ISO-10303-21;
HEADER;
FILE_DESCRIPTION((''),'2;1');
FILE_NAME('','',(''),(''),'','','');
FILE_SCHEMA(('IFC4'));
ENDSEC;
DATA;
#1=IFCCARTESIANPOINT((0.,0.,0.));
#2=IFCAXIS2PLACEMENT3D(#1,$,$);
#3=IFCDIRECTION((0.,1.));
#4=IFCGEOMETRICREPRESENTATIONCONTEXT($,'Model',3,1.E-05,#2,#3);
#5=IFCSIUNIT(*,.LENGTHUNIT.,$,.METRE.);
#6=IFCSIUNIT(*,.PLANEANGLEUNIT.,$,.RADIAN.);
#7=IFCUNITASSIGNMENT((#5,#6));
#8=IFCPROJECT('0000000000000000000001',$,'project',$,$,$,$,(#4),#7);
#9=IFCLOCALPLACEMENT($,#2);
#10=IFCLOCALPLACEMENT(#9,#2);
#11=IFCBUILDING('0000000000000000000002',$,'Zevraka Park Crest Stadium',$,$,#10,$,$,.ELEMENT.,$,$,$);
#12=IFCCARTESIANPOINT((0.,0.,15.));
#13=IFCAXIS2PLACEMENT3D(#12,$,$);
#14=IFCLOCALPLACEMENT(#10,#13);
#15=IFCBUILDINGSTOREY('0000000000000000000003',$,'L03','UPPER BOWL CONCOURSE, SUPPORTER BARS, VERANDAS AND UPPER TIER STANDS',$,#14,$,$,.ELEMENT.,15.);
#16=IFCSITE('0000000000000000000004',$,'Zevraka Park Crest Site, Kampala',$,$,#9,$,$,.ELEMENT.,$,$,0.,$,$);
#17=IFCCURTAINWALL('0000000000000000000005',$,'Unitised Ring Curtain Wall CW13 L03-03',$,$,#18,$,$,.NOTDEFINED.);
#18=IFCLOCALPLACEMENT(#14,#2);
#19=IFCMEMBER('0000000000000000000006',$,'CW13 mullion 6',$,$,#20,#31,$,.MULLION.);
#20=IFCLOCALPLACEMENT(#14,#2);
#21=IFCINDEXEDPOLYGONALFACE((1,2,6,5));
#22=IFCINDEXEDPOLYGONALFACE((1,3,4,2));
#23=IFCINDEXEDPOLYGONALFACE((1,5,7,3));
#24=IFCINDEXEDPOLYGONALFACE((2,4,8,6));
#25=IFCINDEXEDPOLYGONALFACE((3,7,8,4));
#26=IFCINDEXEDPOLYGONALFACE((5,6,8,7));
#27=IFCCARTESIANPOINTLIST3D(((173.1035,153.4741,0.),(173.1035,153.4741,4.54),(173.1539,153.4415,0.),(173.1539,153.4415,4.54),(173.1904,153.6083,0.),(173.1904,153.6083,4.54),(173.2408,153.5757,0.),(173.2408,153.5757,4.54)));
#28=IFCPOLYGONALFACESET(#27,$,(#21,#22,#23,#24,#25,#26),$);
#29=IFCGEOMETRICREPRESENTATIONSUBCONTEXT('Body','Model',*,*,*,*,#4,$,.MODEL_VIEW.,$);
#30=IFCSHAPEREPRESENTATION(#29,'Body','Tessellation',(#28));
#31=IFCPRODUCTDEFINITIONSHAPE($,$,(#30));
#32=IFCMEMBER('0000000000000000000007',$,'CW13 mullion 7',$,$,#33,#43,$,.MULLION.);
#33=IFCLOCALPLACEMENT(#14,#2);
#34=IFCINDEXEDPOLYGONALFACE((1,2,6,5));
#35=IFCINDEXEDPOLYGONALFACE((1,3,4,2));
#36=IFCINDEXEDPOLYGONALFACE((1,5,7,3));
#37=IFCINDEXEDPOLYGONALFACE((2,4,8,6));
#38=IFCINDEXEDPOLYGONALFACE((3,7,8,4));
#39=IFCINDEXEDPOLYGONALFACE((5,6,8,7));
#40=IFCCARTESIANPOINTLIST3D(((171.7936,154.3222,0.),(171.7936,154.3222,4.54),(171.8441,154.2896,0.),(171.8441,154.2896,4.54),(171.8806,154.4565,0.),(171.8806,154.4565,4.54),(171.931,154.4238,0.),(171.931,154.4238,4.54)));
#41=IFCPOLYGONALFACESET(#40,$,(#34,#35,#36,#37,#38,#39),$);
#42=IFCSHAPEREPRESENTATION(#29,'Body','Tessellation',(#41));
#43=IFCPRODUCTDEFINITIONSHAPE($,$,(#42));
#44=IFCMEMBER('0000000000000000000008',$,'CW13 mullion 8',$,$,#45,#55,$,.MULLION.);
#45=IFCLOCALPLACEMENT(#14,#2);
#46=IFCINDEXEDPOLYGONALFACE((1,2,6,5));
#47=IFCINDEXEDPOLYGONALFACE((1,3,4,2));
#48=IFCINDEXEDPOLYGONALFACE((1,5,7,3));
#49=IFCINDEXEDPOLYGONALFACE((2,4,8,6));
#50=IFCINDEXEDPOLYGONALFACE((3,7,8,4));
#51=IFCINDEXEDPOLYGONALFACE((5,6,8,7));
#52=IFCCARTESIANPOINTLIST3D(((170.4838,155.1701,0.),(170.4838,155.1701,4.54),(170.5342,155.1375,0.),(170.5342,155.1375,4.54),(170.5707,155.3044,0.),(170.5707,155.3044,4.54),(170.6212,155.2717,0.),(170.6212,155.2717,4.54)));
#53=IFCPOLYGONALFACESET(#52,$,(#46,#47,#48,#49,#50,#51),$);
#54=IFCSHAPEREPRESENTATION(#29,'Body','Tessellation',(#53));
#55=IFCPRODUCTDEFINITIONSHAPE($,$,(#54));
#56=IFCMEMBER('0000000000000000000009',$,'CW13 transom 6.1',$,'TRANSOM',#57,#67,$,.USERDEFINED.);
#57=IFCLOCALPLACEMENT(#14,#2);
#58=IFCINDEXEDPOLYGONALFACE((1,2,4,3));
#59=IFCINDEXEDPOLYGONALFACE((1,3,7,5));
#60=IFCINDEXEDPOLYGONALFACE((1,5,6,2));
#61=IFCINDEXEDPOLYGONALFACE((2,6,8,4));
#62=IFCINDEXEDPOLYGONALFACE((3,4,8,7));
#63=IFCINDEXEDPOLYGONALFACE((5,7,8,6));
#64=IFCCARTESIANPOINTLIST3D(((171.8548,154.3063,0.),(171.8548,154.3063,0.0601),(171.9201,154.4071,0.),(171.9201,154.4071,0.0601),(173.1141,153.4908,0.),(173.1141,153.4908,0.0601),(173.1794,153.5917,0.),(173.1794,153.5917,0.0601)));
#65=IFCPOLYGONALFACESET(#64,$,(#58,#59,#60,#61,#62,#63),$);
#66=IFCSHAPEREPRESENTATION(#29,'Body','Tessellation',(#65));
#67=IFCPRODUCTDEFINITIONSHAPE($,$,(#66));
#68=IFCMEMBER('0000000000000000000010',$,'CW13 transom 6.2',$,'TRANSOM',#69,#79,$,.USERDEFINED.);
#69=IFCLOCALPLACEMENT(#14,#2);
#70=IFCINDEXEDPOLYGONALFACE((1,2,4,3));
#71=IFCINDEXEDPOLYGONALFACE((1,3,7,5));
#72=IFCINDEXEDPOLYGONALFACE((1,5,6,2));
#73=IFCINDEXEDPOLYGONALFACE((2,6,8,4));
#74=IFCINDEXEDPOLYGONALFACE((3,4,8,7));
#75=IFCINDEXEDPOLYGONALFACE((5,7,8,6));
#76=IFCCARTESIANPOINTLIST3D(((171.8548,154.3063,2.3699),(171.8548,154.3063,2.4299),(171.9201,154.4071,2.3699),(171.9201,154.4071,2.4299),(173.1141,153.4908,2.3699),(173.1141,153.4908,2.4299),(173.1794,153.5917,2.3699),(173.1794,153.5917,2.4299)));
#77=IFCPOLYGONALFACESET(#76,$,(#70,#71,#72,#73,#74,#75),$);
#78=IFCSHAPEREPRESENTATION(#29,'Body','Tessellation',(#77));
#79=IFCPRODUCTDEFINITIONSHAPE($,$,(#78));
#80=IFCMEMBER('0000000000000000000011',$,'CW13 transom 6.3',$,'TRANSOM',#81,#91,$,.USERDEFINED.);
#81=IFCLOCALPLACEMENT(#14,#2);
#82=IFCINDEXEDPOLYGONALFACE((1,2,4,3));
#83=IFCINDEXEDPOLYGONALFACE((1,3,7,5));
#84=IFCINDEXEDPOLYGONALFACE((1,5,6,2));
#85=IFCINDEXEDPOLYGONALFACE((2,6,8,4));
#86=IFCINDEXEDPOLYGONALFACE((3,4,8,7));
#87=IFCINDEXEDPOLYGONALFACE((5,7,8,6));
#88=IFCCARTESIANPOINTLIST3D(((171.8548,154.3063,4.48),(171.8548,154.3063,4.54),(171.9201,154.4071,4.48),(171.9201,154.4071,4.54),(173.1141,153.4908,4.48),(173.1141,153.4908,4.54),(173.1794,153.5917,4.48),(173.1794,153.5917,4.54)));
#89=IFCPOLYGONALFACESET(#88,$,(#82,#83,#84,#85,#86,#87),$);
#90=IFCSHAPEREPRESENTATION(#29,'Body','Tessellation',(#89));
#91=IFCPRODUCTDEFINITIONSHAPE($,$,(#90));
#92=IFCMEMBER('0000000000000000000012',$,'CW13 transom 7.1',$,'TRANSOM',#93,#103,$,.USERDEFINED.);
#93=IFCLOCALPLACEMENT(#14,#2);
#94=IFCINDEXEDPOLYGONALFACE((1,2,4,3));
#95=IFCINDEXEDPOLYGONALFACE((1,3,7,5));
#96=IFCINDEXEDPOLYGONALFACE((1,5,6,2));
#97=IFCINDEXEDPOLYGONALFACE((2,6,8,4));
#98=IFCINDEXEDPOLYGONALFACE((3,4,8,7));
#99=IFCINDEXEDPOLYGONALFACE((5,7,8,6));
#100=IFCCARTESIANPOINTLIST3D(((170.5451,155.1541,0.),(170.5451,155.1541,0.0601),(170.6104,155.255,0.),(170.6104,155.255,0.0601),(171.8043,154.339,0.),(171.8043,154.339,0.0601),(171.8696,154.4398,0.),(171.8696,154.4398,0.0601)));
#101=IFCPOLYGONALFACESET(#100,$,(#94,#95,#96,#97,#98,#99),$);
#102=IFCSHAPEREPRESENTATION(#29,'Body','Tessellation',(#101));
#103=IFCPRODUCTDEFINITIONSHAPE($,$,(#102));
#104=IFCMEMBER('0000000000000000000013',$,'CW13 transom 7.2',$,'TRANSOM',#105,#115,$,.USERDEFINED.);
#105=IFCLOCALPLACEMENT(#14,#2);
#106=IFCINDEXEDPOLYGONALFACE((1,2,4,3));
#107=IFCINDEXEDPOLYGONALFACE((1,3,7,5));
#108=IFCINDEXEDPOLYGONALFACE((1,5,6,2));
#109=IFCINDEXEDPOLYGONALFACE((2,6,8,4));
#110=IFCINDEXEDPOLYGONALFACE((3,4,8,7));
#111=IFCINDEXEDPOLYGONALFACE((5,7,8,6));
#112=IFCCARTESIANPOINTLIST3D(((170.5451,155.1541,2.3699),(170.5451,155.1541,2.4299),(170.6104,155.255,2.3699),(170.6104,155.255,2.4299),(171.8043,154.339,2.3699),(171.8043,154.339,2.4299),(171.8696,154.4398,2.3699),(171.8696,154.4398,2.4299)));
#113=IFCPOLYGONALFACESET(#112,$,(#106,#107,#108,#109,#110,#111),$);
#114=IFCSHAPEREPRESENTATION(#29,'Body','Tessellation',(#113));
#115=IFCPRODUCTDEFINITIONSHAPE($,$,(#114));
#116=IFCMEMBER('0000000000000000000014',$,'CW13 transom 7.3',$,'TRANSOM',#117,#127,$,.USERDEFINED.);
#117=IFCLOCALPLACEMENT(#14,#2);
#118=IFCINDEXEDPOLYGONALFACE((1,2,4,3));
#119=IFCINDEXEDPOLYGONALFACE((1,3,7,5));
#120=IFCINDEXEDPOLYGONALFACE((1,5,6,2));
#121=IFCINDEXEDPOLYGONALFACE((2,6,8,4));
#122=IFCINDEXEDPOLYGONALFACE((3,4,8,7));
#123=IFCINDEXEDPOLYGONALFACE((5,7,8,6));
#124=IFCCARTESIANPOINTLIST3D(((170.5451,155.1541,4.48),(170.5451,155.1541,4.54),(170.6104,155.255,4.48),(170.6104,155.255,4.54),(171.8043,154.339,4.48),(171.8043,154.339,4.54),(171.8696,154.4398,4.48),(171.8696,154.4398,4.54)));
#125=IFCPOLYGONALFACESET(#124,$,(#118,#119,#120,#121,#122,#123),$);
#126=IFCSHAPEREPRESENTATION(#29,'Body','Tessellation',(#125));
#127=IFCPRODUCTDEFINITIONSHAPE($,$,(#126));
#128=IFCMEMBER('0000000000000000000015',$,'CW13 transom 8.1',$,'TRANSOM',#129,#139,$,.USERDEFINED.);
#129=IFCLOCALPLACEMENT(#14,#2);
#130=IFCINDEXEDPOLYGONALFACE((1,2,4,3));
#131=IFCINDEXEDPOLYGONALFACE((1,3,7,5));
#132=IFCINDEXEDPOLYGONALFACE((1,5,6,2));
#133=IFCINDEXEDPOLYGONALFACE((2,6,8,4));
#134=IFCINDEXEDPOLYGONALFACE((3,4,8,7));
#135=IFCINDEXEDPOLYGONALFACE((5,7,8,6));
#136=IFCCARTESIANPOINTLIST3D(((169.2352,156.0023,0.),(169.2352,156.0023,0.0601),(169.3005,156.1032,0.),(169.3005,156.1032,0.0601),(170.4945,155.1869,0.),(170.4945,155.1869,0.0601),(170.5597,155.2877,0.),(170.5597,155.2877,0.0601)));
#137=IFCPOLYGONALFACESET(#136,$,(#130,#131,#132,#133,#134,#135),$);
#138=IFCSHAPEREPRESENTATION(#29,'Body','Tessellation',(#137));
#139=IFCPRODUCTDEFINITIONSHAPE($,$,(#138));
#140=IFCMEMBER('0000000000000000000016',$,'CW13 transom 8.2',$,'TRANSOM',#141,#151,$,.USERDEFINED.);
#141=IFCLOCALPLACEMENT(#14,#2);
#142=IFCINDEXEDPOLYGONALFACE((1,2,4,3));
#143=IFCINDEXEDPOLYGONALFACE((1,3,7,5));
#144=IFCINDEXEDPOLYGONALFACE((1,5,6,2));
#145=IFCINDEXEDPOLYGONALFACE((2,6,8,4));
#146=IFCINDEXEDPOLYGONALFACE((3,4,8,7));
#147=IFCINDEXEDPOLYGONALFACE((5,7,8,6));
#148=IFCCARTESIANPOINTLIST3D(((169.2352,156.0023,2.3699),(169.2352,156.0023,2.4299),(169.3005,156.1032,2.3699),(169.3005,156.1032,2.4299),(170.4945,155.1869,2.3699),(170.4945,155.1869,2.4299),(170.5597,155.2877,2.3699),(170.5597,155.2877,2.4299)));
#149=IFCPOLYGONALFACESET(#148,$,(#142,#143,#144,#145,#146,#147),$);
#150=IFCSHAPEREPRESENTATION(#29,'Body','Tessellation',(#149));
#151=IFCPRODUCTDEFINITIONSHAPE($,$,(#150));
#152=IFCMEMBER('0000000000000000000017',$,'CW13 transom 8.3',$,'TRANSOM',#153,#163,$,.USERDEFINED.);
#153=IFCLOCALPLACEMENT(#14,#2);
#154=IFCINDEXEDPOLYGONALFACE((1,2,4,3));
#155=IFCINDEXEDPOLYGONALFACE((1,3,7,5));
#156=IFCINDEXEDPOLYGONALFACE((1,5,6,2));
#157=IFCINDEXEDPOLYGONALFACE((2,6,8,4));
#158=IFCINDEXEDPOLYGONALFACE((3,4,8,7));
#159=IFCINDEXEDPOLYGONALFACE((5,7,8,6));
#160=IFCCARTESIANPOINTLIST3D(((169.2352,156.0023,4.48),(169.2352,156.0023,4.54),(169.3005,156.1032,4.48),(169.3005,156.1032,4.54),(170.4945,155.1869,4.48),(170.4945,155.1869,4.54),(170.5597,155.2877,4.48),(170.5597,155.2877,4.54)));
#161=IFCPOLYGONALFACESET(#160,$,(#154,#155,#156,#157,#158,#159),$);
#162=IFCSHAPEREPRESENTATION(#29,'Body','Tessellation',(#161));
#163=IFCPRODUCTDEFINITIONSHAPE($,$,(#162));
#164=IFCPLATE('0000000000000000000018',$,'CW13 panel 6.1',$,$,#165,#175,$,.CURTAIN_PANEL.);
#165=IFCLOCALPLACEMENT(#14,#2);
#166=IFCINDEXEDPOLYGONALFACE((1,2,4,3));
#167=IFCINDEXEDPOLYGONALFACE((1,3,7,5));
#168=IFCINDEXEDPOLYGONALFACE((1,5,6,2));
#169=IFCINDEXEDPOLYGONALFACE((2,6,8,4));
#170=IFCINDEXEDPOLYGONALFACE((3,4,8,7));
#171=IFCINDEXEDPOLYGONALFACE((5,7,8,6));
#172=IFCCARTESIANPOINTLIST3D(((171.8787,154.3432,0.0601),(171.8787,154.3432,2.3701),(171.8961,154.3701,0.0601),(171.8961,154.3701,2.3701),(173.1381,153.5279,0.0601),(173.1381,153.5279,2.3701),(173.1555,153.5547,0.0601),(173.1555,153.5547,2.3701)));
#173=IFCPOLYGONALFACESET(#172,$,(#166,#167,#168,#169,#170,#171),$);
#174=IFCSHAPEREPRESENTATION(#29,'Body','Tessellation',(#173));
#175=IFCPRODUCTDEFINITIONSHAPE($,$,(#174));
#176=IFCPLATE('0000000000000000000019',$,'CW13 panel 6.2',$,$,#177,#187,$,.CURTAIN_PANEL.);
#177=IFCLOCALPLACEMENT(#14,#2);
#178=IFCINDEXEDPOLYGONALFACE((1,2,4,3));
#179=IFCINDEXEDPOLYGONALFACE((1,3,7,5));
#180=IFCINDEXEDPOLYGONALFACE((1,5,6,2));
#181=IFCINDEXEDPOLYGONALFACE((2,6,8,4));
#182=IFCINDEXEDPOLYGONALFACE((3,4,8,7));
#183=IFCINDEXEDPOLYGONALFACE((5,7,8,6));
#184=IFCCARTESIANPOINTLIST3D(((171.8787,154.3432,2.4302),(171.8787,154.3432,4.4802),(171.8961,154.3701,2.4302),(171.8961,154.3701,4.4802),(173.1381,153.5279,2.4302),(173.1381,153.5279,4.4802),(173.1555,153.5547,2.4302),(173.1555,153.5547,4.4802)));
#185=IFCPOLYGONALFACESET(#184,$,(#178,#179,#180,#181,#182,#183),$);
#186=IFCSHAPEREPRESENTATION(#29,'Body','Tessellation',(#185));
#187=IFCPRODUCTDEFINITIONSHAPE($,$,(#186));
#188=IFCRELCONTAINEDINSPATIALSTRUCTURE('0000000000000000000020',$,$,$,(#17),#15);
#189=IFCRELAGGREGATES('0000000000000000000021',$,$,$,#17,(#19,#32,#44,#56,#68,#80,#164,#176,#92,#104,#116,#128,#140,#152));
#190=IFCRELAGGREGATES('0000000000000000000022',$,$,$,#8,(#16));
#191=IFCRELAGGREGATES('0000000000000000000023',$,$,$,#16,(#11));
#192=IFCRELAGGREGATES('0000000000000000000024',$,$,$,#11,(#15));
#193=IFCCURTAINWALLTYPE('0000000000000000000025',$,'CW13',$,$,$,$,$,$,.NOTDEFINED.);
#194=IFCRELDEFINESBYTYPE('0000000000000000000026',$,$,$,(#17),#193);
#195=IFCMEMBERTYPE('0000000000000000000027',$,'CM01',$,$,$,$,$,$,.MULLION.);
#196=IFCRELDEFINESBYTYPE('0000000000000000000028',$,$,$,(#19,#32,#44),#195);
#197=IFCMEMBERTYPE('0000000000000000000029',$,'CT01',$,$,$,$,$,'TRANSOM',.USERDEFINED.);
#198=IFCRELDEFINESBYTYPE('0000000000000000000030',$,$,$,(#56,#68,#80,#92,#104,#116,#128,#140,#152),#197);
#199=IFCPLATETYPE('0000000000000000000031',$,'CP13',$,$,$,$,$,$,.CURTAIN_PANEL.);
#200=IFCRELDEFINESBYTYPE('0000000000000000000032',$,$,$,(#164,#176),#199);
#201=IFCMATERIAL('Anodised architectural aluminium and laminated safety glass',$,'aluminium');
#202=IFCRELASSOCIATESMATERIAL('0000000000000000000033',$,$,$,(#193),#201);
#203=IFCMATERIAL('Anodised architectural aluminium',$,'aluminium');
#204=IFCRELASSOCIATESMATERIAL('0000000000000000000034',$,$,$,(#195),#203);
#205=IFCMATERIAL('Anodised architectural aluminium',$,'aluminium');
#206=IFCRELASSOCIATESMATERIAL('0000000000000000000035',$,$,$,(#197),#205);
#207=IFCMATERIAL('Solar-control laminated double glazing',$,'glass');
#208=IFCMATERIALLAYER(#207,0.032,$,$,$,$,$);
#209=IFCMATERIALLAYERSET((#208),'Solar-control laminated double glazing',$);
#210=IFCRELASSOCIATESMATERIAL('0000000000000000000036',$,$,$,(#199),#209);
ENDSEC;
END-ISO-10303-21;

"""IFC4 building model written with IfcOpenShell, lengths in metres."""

from ifc_helpers import new_model, si_unit, direction, frame, origin, origin_2d, place, context, subcontext, project, spatial, rectangle, extrude, material, layer, layer_set, material_profile, profile_set, type_object, element, aggregate, save


model = new_model("IFC4")

# Units and contexts
model_context = context("Model", 3, precision=1e-05, world=origin(), true_north=direction((0.0, 1.0)))
body_context = subcontext(model_context, "Body", "Model", "MODEL_VIEW")
ifc_project = project(units=[si_unit("LENGTHUNIT", "METRE"), si_unit("PLANEANGLEUNIT", "RADIAN")], contexts=[model_context])

# Site, building, storey
site_placement = place(None, origin())
site = spatial("IfcSite", under=ifc_project, at=site_placement, Name="Zevraka Park Crest Site, Kampala", CompositionType="ELEMENT", RefElevation=0.0)
building_placement = place(site_placement, origin())
building = spatial("IfcBuilding", under=site, at=building_placement, Name="Zevraka Park Crest Stadium", CompositionType="ELEMENT")
storey_placement = place(building_placement, frame((0.0, 0.0, 15.0)))
storey = spatial("IfcBuildingStorey", under=building, at=storey_placement, Name="L03", Description="UPPER BOWL CONCOURSE, SUPPORTER BARS, VERANDAS AND UPPER TIER STANDS", CompositionType="ELEMENT", Elevation=15.0)

# Curtain wall, members, plates
ifc_material_1 = material(Name="Anodised architectural aluminium and laminated safety glass", Category="aluminium")
curtain_wall_type = type_object("IfcCurtainWallType", Name="CW13", PredefinedType="NOTDEFINED", material=ifc_material_1)
curtain_wall_placement = place(storey_placement, origin())
curtain_wall = element("IfcCurtainWall", 1, at=curtain_wall_placement, inside=storey, type_object=curtain_wall_type, Name="Unitised Ring Curtain Wall CW13 L03-03", PredefinedType="NOTDEFINED")
ifc_material_2 = material(Name="Anodised architectural aluminium", Category="aluminium")
ifc_material_profile_1 = material_profile(ifc_material_2, rectangle(XDim=0.1599, YDim=0.0601, at=origin_2d()), Name="ALU MULLION 160x60")
ifc_profile_set_1 = profile_set([ifc_material_profile_1], Name="Anodised architectural aluminium")
member_type_1 = type_object("IfcMemberType", Name="CM01", PredefinedType="MULLION", material=ifc_profile_set_1)
member_1_placement = place(storey_placement, frame((173.1721, 153.5249, 0.0), z_axis=(0.0, 0.0, 1.0), x_axis=(-0.543469, -0.839429, 0.0)))
member_1 = element("IfcMember", 2, at=member_1_placement, type_object=member_type_1, Name="CW13 mullion 6", PredefinedType="MULLION", context=body_context, shape_type="SweptSolid", body=[
    extrude(rectangle(XDim=0.1599, YDim=0.0601, at=origin_2d()), origin(), (0.0, 0.0, 1.0), 4.54),
])
member_2_placement = place(storey_placement, frame((171.8623, 154.373, 0.0), z_axis=(0.0, 0.0, 1.0), x_axis=(-0.543469, -0.839429, 0.0)))
member_2 = element("IfcMember", 3, at=member_2_placement, type_object=member_type_1, Name="CW13 mullion 7", PredefinedType="MULLION", context=body_context, shape_type="SweptSolid", body=[
    extrude(rectangle(XDim=0.1599, YDim=0.0601, at=origin_2d()), origin(), (0.0, 0.0, 1.0), 4.54),
])
member_3_placement = place(storey_placement, frame((170.5525, 155.2209, 0.0), z_axis=(0.0, 0.0, 1.0), x_axis=(-0.543469, -0.839429, 0.0)))
member_3 = element("IfcMember", 4, at=member_3_placement, type_object=member_type_1, Name="CW13 mullion 8", PredefinedType="MULLION", context=body_context, shape_type="SweptSolid", body=[
    extrude(rectangle(XDim=0.1599, YDim=0.0601, at=origin_2d()), origin(), (0.0, 0.0, 1.0), 4.54),
])
ifc_material_3 = material(Name="Anodised architectural aluminium", Category="aluminium")
ifc_material_profile_2 = material_profile(ifc_material_3, rectangle(XDim=0.1201, YDim=0.0601, at=origin_2d()), Name="ALU TRANSOM 120x60")
ifc_profile_set_2 = profile_set([ifc_material_profile_2], Name="Anodised architectural aluminium")
member_type_2 = type_object("IfcMemberType", Name="CT01", ElementType="TRANSOM", PredefinedType="USERDEFINED", material=ifc_profile_set_2)
member_4_placement = place(storey_placement, frame((173.1467, 153.5413, 0.03), z_axis=(-0.839387, 0.543535, 0.0), x_axis=(-0.543535, -0.839387, 0.0)))
member_4 = element("IfcMember", 5, at=member_4_placement, type_object=member_type_2, Name="CW13 transom 6.1", ObjectType="TRANSOM", PredefinedType="USERDEFINED", context=body_context, shape_type="SweptSolid", body=[
    extrude(rectangle(XDim=0.1201, YDim=0.0601, at=origin_2d()), origin(), (0.0, 0.0, 1.0), 1.5002),
])
member_5_placement = place(storey_placement, frame((173.1467, 153.5413, 2.3999), z_axis=(-0.839387, 0.543535, 0.0), x_axis=(-0.543535, -0.839387, 0.0)))
member_5 = element("IfcMember", 6, at=member_5_placement, type_object=member_type_2, Name="CW13 transom 6.2", ObjectType="TRANSOM", PredefinedType="USERDEFINED", context=body_context, shape_type="SweptSolid", body=[
    extrude(rectangle(XDim=0.1201, YDim=0.0601, at=origin_2d()), origin(), (0.0, 0.0, 1.0), 1.5002),
])
member_6_placement = place(storey_placement, frame((173.1467, 153.5413, 4.51), z_axis=(-0.839387, 0.543535, 0.0), x_axis=(-0.543535, -0.839387, 0.0)))
member_6 = element("IfcMember", 7, at=member_6_placement, type_object=member_type_2, Name="CW13 transom 6.3", ObjectType="TRANSOM", PredefinedType="USERDEFINED", context=body_context, shape_type="SweptSolid", body=[
    extrude(rectangle(XDim=0.1201, YDim=0.0601, at=origin_2d()), origin(), (0.0, 0.0, 1.0), 1.5002),
])
member_7_placement = place(storey_placement, frame((171.8369, 154.3894, 0.03), z_axis=(-0.839461, 0.54342, 0.0), x_axis=(-0.54342, -0.839461, 0.0)))
member_7 = element("IfcMember", 8, at=member_7_placement, type_object=member_type_2, Name="CW13 transom 7.1", ObjectType="TRANSOM", PredefinedType="USERDEFINED", context=body_context, shape_type="SweptSolid", body=[
    extrude(rectangle(XDim=0.1201, YDim=0.0601, at=origin_2d()), origin(), (0.0, 0.0, 1.0), 1.5),
])
member_8_placement = place(storey_placement, frame((171.8369, 154.3894, 2.3999), z_axis=(-0.839461, 0.54342, 0.0), x_axis=(-0.54342, -0.839461, 0.0)))
member_8 = element("IfcMember", 9, at=member_8_placement, type_object=member_type_2, Name="CW13 transom 7.2", ObjectType="TRANSOM", PredefinedType="USERDEFINED", context=body_context, shape_type="SweptSolid", body=[
    extrude(rectangle(XDim=0.1201, YDim=0.0601, at=origin_2d()), origin(), (0.0, 0.0, 1.0), 1.5),
])
member_9_placement = place(storey_placement, frame((171.8369, 154.3894, 4.51), z_axis=(-0.839461, 0.54342, 0.0), x_axis=(-0.54342, -0.839461, 0.0)))
member_9 = element("IfcMember", 10, at=member_9_placement, type_object=member_type_2, Name="CW13 transom 7.3", ObjectType="TRANSOM", PredefinedType="USERDEFINED", context=body_context, shape_type="SweptSolid", body=[
    extrude(rectangle(XDim=0.1201, YDim=0.0601, at=origin_2d()), origin(), (0.0, 0.0, 1.0), 1.5),
])
member_10_placement = place(storey_placement, frame((170.5271, 155.2373, 0.03), z_axis=(-0.839387, 0.543535, 0.0), x_axis=(-0.543535, -0.839387, 0.0)))
member_10 = element("IfcMember", 11, at=member_10_placement, type_object=member_type_2, Name="CW13 transom 8.1", ObjectType="TRANSOM", PredefinedType="USERDEFINED", context=body_context, shape_type="SweptSolid", body=[
    extrude(rectangle(XDim=0.1201, YDim=0.0601, at=origin_2d()), origin(), (0.0, 0.0, 1.0), 1.5002),
])
member_11_placement = place(storey_placement, frame((170.5271, 155.2373, 2.3999), z_axis=(-0.839387, 0.543535, 0.0), x_axis=(-0.543535, -0.839387, 0.0)))
member_11 = element("IfcMember", 12, at=member_11_placement, type_object=member_type_2, Name="CW13 transom 8.2", ObjectType="TRANSOM", PredefinedType="USERDEFINED", context=body_context, shape_type="SweptSolid", body=[
    extrude(rectangle(XDim=0.1201, YDim=0.0601, at=origin_2d()), origin(), (0.0, 0.0, 1.0), 1.5002),
])
member_12_placement = place(storey_placement, frame((170.5271, 155.2373, 4.51), z_axis=(-0.839387, 0.543535, 0.0), x_axis=(-0.543535, -0.839387, 0.0)))
member_12 = element("IfcMember", 13, at=member_12_placement, type_object=member_type_2, Name="CW13 transom 8.3", ObjectType="TRANSOM", PredefinedType="USERDEFINED", context=body_context, shape_type="SweptSolid", body=[
    extrude(rectangle(XDim=0.1201, YDim=0.0601, at=origin_2d()), origin(), (0.0, 0.0, 1.0), 1.5002),
])
ifc_material_4 = material(Name="Solar-control laminated double glazing", Category="glass")
ifc_layer_1 = layer(ifc_material_4, 0.032)
ifc_layer_set_1 = layer_set([ifc_layer_1], Name="Solar-control laminated double glazing")
plate_type = type_object("IfcPlateType", Name="CP13", PredefinedType="CURTAIN_PANEL", material=ifc_layer_set_1)
plate_1_placement = place(storey_placement, frame((172.5171, 153.949, 0.0601), z_axis=(0.0, 0.0, 1.0), x_axis=(-0.839429, 0.543469, 0.0)))
plate_1 = element("IfcPlate", 14, at=plate_1_placement, type_object=plate_type, Name="CW13 panel 6.1", PredefinedType="CURTAIN_PANEL", context=body_context, shape_type="SweptSolid", body=[
    extrude(rectangle(XDim=1.5002, YDim=0.032, at=origin_2d()), origin(), (0.0, 0.0, 1.0), 2.3101),
])
plate_2_placement = place(storey_placement, frame((172.5171, 153.949, 2.4302), z_axis=(0.0, 0.0, 1.0), x_axis=(-0.839429, 0.543469, 0.0)))
plate_2 = element("IfcPlate", 15, at=plate_2_placement, type_object=plate_type, Name="CW13 panel 6.2", PredefinedType="CURTAIN_PANEL", context=body_context, shape_type="SweptSolid", body=[
    extrude(rectangle(XDim=1.5002, YDim=0.032, at=origin_2d()), origin(), (0.0, 0.0, 1.0), 2.05),
])
aggregate(curtain_wall, [member_1, member_2, member_3, member_4, member_5, member_6, plate_1, plate_2, member_7, member_8, member_9, member_10, member_11, member_12])

save(model, "model.ifc")
